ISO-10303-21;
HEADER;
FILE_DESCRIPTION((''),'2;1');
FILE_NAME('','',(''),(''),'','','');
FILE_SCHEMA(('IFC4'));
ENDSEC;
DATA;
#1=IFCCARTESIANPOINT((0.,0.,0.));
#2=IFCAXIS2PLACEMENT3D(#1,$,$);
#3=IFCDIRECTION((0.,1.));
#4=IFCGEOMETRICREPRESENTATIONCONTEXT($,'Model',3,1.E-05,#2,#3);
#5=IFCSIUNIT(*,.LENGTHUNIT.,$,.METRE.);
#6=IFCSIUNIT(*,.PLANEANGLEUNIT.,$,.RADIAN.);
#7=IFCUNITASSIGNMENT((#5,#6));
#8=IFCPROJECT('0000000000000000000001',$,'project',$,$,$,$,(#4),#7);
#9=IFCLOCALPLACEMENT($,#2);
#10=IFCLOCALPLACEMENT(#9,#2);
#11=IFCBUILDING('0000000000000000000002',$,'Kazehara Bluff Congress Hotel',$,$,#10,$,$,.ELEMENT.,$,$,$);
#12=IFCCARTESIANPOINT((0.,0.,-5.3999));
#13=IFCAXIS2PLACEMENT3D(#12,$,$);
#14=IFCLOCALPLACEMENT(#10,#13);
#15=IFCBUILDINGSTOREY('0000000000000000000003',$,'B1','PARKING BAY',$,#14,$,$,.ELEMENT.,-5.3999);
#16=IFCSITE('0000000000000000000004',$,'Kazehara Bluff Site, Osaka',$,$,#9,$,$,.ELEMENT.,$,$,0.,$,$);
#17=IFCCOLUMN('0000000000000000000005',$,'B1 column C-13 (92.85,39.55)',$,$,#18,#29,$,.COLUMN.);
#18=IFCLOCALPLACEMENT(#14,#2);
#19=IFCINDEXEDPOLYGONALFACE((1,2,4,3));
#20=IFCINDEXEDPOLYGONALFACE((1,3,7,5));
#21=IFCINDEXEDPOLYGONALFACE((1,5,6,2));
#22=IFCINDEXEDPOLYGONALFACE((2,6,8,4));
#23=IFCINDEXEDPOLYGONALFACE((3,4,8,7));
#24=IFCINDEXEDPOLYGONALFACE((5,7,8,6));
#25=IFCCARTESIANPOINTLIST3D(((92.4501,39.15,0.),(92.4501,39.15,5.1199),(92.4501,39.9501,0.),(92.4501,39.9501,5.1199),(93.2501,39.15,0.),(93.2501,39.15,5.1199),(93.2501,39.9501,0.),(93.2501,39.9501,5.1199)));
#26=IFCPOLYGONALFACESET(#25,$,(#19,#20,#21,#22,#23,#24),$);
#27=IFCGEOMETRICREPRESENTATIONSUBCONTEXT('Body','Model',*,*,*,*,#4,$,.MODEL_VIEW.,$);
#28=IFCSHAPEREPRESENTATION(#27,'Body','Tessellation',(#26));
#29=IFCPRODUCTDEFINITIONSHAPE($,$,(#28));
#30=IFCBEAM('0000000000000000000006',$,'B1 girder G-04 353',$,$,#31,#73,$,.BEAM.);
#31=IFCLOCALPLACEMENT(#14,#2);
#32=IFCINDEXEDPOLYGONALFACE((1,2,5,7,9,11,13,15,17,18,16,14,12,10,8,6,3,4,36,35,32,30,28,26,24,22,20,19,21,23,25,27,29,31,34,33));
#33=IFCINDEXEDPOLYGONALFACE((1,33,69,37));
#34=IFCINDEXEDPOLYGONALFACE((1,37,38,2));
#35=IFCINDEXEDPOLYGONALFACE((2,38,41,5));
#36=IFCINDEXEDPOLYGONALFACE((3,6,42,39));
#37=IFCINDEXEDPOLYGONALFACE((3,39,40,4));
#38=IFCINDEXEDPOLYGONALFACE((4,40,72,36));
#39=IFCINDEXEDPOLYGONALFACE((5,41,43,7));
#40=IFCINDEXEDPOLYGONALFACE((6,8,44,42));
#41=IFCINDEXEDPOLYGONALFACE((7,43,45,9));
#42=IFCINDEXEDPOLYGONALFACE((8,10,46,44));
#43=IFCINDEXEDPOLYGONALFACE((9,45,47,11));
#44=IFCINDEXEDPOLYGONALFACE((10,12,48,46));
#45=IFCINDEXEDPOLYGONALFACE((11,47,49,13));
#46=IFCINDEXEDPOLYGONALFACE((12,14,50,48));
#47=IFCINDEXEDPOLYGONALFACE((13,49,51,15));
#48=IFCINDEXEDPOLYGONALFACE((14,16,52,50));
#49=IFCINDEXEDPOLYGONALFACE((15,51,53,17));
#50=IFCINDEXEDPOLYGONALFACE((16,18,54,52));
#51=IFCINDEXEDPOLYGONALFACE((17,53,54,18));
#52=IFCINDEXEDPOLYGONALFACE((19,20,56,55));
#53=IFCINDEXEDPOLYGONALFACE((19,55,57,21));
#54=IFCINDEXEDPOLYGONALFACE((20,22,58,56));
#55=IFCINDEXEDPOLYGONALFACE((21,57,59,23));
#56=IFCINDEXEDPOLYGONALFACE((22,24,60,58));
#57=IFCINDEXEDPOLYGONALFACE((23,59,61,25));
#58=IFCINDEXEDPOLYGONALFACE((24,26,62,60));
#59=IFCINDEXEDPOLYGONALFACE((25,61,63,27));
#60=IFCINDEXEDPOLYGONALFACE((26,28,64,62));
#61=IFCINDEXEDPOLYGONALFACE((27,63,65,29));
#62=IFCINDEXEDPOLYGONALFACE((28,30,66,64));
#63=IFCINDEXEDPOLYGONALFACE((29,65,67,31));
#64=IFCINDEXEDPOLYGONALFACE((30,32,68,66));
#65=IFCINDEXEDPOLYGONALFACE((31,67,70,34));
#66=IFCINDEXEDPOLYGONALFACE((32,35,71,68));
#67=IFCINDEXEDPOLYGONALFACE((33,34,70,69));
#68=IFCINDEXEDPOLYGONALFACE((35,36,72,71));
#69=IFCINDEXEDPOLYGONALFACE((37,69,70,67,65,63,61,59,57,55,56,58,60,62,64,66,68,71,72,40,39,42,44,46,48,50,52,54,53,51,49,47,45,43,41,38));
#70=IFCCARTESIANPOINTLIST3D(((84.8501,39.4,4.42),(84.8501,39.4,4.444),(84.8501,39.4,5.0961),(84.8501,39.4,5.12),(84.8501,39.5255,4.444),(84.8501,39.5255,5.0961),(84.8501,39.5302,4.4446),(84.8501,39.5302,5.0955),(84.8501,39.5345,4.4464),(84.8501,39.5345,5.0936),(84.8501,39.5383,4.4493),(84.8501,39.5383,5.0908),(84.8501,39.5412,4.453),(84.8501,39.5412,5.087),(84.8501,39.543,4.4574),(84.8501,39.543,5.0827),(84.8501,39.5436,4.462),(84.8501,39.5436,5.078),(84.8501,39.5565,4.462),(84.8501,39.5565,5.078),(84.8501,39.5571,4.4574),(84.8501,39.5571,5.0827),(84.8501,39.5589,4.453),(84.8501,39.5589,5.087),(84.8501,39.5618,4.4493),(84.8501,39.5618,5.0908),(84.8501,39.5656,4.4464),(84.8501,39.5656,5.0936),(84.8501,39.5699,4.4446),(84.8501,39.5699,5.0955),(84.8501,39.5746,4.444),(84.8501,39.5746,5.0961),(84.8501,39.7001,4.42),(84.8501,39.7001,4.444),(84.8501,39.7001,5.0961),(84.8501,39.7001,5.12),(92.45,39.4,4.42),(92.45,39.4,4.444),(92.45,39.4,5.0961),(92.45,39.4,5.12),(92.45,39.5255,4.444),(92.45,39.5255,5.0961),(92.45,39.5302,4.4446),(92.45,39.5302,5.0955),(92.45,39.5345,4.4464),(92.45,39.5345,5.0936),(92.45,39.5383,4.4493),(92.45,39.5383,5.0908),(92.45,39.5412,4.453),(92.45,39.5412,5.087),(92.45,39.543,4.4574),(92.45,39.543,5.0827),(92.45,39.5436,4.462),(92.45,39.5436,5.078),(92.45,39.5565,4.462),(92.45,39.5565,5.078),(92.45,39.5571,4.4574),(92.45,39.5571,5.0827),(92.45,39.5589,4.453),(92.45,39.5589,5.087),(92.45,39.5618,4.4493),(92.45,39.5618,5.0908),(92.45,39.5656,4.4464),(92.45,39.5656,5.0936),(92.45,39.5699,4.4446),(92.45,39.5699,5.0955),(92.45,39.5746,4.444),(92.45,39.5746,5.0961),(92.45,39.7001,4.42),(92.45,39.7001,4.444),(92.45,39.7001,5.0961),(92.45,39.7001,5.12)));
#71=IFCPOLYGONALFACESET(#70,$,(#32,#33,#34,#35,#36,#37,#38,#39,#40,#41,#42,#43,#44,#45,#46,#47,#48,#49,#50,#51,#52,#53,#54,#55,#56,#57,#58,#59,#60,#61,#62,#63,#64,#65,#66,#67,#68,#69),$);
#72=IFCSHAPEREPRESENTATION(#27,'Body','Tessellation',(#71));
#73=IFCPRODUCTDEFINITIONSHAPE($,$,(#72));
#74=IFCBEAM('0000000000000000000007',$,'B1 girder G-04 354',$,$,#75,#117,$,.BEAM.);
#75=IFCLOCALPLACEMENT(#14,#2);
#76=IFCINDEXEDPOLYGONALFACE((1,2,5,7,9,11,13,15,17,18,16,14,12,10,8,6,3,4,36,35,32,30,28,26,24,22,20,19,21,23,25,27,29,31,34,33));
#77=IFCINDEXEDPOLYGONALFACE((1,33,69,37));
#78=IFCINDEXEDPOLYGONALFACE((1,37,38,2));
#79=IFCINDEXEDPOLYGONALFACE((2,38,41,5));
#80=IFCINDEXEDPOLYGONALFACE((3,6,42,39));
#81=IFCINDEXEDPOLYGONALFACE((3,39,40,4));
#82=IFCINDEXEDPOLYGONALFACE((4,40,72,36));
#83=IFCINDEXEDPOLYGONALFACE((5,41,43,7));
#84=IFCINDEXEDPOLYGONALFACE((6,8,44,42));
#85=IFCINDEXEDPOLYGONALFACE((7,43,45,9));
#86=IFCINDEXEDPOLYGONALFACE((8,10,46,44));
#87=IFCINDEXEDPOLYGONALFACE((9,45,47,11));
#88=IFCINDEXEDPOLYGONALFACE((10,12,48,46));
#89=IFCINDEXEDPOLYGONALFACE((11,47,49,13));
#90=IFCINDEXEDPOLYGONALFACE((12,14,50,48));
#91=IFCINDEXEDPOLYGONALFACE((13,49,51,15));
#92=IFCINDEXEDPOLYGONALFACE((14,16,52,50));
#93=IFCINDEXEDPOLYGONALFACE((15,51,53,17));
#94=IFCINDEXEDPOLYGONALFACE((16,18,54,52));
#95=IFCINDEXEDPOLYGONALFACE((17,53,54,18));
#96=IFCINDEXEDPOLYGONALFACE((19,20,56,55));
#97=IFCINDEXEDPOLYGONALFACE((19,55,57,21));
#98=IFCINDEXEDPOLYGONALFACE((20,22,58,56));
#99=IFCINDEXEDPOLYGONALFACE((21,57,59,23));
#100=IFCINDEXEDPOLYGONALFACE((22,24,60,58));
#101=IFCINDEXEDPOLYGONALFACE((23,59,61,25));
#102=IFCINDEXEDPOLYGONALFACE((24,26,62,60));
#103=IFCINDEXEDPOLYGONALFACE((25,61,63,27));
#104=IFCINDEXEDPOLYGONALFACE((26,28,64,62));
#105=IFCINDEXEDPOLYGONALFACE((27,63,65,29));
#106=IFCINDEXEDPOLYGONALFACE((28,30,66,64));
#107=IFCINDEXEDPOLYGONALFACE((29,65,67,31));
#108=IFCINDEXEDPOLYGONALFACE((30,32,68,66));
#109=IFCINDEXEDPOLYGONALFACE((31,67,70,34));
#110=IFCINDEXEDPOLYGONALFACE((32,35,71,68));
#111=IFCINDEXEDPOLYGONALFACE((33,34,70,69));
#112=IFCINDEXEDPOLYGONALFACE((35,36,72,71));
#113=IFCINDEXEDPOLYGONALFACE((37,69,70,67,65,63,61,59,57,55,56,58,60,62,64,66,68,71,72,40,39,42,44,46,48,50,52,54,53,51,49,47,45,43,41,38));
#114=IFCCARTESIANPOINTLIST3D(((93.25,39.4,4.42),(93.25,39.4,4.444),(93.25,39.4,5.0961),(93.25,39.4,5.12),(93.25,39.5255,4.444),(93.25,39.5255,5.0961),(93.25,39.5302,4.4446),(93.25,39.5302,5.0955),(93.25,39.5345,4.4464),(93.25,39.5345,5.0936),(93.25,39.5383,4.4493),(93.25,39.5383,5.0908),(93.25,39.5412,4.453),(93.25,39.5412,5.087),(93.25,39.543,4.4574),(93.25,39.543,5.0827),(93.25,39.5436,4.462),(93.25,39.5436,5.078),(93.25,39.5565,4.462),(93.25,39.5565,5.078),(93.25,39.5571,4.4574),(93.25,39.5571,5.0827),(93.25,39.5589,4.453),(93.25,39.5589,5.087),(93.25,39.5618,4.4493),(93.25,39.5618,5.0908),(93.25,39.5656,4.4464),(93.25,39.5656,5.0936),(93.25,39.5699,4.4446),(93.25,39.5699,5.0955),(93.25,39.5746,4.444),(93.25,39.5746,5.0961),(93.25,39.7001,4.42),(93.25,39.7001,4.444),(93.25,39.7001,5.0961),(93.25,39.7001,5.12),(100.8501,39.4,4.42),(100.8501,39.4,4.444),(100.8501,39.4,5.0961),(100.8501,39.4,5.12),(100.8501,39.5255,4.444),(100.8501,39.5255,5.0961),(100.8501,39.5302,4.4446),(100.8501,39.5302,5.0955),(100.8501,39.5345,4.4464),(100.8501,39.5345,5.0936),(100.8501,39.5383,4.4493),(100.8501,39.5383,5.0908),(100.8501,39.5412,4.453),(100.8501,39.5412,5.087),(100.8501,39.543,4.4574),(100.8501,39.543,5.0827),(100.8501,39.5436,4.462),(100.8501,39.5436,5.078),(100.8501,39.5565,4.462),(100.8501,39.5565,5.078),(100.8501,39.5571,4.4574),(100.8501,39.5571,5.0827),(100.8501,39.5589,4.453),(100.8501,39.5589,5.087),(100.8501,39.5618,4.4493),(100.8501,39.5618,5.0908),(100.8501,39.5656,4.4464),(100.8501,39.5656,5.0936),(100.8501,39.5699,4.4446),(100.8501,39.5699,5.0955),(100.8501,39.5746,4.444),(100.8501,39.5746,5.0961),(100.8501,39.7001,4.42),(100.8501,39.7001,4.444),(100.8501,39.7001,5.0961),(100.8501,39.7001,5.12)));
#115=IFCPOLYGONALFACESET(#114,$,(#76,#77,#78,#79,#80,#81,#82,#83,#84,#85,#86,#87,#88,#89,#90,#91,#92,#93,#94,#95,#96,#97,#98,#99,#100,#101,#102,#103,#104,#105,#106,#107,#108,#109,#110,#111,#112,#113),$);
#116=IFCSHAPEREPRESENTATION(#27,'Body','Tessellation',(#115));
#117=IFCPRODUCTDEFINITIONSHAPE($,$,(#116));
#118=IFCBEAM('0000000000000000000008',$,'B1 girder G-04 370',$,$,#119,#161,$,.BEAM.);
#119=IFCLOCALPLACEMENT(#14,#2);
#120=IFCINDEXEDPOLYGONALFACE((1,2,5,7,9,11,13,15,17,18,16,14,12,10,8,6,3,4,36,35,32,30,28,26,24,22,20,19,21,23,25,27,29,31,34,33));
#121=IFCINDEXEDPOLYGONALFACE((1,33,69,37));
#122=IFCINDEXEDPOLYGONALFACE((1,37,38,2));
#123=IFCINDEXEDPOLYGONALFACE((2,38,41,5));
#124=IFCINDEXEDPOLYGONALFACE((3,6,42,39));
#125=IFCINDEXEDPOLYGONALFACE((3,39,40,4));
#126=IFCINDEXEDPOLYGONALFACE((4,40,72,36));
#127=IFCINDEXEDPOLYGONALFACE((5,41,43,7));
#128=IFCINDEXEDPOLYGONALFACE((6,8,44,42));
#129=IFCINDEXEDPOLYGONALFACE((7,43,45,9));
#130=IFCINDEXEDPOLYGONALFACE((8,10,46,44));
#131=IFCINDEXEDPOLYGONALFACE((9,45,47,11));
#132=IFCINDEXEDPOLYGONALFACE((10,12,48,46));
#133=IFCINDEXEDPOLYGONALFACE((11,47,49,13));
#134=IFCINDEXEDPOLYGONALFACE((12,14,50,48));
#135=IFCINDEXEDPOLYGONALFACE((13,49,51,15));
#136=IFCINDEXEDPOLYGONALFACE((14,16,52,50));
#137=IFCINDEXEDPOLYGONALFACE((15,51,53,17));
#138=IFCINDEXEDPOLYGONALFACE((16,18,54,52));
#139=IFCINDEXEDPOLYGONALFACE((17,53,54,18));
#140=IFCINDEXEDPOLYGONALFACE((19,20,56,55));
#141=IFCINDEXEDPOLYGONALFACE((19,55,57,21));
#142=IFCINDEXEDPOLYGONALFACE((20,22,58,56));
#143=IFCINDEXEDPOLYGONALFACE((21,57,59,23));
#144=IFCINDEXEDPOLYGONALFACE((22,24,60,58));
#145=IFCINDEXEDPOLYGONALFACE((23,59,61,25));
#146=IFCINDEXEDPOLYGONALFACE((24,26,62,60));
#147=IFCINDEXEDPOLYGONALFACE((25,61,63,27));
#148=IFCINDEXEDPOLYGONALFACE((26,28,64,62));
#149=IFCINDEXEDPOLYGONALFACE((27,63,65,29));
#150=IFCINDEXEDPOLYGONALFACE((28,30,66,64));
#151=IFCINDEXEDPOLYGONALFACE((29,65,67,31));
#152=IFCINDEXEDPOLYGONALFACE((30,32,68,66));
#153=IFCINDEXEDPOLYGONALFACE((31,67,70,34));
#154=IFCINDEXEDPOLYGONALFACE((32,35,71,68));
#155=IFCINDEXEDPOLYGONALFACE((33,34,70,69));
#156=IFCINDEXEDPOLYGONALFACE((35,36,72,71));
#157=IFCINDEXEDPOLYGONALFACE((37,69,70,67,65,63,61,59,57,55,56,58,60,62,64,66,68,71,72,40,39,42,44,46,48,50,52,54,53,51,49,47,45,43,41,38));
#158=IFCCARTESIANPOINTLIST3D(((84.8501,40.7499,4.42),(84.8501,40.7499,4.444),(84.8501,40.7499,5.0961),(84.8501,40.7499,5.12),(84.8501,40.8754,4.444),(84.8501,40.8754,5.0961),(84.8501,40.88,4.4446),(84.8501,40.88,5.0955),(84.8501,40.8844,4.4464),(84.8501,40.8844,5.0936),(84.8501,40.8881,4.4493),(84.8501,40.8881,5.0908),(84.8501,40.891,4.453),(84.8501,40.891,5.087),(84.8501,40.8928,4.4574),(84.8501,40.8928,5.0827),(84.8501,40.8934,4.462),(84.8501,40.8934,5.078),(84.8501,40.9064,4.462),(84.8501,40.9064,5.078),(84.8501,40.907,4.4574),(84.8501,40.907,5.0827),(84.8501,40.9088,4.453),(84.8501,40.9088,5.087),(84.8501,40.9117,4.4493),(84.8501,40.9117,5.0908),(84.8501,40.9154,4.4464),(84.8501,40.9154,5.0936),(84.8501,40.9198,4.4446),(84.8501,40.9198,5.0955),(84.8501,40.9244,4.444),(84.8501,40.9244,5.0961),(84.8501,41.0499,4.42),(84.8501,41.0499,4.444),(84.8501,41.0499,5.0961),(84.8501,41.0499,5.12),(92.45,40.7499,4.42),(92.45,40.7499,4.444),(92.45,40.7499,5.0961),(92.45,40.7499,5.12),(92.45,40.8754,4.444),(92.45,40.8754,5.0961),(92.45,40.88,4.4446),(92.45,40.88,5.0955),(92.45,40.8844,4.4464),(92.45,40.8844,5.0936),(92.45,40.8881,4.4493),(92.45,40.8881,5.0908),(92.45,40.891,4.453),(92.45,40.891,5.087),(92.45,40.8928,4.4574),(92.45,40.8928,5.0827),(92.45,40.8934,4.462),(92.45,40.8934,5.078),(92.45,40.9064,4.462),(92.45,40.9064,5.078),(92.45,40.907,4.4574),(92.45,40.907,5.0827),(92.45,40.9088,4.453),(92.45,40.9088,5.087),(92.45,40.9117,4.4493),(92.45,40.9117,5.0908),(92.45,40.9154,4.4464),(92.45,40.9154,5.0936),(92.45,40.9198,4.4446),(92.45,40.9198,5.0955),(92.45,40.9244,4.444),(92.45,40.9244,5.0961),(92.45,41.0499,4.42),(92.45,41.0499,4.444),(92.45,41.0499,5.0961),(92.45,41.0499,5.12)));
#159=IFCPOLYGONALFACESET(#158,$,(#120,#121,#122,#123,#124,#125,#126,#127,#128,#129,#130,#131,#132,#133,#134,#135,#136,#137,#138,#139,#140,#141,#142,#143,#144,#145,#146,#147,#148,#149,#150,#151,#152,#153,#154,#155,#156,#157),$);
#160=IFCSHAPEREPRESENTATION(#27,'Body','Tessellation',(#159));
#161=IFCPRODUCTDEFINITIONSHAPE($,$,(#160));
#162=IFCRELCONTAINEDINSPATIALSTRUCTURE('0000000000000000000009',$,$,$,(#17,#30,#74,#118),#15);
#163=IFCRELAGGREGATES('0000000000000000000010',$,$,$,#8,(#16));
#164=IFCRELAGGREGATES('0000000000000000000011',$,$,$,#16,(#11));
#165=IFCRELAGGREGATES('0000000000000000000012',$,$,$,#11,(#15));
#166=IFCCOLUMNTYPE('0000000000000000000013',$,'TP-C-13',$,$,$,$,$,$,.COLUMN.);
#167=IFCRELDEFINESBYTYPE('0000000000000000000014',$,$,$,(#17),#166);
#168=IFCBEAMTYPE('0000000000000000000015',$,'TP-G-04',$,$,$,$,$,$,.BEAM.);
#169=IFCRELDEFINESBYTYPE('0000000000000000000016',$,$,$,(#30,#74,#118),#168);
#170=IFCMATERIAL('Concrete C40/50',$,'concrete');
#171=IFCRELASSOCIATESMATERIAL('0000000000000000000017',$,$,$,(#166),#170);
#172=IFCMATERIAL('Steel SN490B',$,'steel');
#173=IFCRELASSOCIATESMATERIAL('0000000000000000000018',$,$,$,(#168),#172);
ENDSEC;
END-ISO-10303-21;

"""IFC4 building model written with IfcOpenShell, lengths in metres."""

from ifc_helpers import new_model, si_unit, direction, frame, origin, origin_2d, place, context, subcontext, project, spatial, rectangle, i_section, extrude, material, material_profile, profile_set, type_object, element, save


model = new_model("IFC4")

# Units and contexts
model_context = context("Model", 3, precision=1e-05, world=origin(), true_north=direction((0.0, 1.0)))
body_context = subcontext(model_context, "Body", "Model", "MODEL_VIEW")
ifc_project = project(units=[si_unit("LENGTHUNIT", "METRE"), si_unit("PLANEANGLEUNIT", "RADIAN")], contexts=[model_context])

# Site, building, storey
site_placement = place(None, origin())
site = spatial("IfcSite", under=ifc_project, at=site_placement, Name="Kazehara Bluff Site, Osaka", CompositionType="ELEMENT", RefElevation=0.0)
building_placement = place(site_placement, origin())
building = spatial("IfcBuilding", under=site, at=building_placement, Name="Kazehara Bluff Congress Hotel", CompositionType="ELEMENT")
storey_placement = place(building_placement, frame((0.0, 0.0, -5.3999)))
storey = spatial("IfcBuildingStorey", under=building, at=storey_placement, Name="B1", Description="PARKING BAY", CompositionType="ELEMENT", Elevation=-5.3999)

# Column
ifc_material_1 = material(Name="Concrete C40/50", Category="concrete")
ifc_material_profile_1 = material_profile(ifc_material_1, rectangle(XDim=0.8, YDim=0.8, at=origin_2d()))
ifc_profile_set_1 = profile_set([ifc_material_profile_1], Name="Concrete C40/50")
column_type_1 = type_object("IfcColumnType", Name="TP-C-13", PredefinedType="COLUMN", material=ifc_profile_set_1)
for number, where, z_axis, x_axis, name in (
    (1, (92.8501, 39.55, 0.0), (0.0, 0.0, 1.0), (1.0, 0.0, 0.0), "B1 column C-13 (92.85,39.55)"),
):
    element("IfcColumn", number, at=place(storey_placement, frame(where, z_axis=z_axis, x_axis=x_axis)), inside=storey, type_object=column_type_1, Name=name, PredefinedType="COLUMN", context=body_context, shape_type="SweptSolid", body=[
        extrude(rectangle(XDim=0.8, YDim=0.8, at=origin_2d()), origin(), (0.0, 0.0, 1.0), 5.1199),
    ])

# Beams
ifc_material_2 = material(Name="Steel SN490B", Category="steel")
ifc_material_profile_2 = material_profile(ifc_material_2, i_section(OverallWidth=0.3, OverallDepth=0.7, WebThickness=0.0129, FlangeThickness=0.0239, FilletRadius=0.0181, at=origin_2d()))
ifc_profile_set_2 = profile_set([ifc_material_profile_2], Name="Steel SN490B")
beam_type_1 = type_object("IfcBeamType", Name="TP-G-04", PredefinedType="BEAM", material=ifc_profile_set_2)
beam_1_placement = place(storey_placement, frame((84.8501, 39.55, 4.77), z_axis=(1.0, 0.0, 0.0), x_axis=(0.0, 1.0, 0.0)))
element("IfcBeam", 2, at=beam_1_placement, inside=storey, type_object=beam_type_1, Name="B1 girder G-04 353", PredefinedType="BEAM", context=body_context, shape_type="SweptSolid", body=[
    extrude(i_section(OverallWidth=0.3, OverallDepth=0.7, WebThickness=0.0129, FlangeThickness=0.0239, FilletRadius=0.0181, at=origin_2d()), origin(), (0.0, 0.0, 1.0), 7.5999),
])
beam_2_placement = place(storey_placement, frame((93.25, 39.55, 4.77), z_axis=(1.0, 0.0, 0.0), x_axis=(0.0, 1.0, 0.0)))
element("IfcBeam", 3, at=beam_2_placement, inside=storey, type_object=beam_type_1, Name="B1 girder G-04 354", PredefinedType="BEAM", context=body_context, shape_type="SweptSolid", body=[
    extrude(i_section(OverallWidth=0.3, OverallDepth=0.7, WebThickness=0.0129, FlangeThickness=0.0239, FilletRadius=0.0181, at=origin_2d()), origin(), (0.0, 0.0, 1.0), 7.6001),
])
beam_3_placement = place(storey_placement, frame((84.8501, 40.8999, 4.77), z_axis=(1.0, 0.0, 0.0), x_axis=(0.0, 1.0, 0.0)))
element("IfcBeam", 4, at=beam_3_placement, inside=storey, type_object=beam_type_1, Name="B1 girder G-04 370", PredefinedType="BEAM", context=body_context, shape_type="SweptSolid", body=[
    extrude(i_section(OverallWidth=0.3, OverallDepth=0.7, WebThickness=0.0129, FlangeThickness=0.0239, FilletRadius=0.0181, at=origin_2d()), origin(), (0.0, 0.0, 1.0), 7.5999),
])

save(model, "model.ifc")
